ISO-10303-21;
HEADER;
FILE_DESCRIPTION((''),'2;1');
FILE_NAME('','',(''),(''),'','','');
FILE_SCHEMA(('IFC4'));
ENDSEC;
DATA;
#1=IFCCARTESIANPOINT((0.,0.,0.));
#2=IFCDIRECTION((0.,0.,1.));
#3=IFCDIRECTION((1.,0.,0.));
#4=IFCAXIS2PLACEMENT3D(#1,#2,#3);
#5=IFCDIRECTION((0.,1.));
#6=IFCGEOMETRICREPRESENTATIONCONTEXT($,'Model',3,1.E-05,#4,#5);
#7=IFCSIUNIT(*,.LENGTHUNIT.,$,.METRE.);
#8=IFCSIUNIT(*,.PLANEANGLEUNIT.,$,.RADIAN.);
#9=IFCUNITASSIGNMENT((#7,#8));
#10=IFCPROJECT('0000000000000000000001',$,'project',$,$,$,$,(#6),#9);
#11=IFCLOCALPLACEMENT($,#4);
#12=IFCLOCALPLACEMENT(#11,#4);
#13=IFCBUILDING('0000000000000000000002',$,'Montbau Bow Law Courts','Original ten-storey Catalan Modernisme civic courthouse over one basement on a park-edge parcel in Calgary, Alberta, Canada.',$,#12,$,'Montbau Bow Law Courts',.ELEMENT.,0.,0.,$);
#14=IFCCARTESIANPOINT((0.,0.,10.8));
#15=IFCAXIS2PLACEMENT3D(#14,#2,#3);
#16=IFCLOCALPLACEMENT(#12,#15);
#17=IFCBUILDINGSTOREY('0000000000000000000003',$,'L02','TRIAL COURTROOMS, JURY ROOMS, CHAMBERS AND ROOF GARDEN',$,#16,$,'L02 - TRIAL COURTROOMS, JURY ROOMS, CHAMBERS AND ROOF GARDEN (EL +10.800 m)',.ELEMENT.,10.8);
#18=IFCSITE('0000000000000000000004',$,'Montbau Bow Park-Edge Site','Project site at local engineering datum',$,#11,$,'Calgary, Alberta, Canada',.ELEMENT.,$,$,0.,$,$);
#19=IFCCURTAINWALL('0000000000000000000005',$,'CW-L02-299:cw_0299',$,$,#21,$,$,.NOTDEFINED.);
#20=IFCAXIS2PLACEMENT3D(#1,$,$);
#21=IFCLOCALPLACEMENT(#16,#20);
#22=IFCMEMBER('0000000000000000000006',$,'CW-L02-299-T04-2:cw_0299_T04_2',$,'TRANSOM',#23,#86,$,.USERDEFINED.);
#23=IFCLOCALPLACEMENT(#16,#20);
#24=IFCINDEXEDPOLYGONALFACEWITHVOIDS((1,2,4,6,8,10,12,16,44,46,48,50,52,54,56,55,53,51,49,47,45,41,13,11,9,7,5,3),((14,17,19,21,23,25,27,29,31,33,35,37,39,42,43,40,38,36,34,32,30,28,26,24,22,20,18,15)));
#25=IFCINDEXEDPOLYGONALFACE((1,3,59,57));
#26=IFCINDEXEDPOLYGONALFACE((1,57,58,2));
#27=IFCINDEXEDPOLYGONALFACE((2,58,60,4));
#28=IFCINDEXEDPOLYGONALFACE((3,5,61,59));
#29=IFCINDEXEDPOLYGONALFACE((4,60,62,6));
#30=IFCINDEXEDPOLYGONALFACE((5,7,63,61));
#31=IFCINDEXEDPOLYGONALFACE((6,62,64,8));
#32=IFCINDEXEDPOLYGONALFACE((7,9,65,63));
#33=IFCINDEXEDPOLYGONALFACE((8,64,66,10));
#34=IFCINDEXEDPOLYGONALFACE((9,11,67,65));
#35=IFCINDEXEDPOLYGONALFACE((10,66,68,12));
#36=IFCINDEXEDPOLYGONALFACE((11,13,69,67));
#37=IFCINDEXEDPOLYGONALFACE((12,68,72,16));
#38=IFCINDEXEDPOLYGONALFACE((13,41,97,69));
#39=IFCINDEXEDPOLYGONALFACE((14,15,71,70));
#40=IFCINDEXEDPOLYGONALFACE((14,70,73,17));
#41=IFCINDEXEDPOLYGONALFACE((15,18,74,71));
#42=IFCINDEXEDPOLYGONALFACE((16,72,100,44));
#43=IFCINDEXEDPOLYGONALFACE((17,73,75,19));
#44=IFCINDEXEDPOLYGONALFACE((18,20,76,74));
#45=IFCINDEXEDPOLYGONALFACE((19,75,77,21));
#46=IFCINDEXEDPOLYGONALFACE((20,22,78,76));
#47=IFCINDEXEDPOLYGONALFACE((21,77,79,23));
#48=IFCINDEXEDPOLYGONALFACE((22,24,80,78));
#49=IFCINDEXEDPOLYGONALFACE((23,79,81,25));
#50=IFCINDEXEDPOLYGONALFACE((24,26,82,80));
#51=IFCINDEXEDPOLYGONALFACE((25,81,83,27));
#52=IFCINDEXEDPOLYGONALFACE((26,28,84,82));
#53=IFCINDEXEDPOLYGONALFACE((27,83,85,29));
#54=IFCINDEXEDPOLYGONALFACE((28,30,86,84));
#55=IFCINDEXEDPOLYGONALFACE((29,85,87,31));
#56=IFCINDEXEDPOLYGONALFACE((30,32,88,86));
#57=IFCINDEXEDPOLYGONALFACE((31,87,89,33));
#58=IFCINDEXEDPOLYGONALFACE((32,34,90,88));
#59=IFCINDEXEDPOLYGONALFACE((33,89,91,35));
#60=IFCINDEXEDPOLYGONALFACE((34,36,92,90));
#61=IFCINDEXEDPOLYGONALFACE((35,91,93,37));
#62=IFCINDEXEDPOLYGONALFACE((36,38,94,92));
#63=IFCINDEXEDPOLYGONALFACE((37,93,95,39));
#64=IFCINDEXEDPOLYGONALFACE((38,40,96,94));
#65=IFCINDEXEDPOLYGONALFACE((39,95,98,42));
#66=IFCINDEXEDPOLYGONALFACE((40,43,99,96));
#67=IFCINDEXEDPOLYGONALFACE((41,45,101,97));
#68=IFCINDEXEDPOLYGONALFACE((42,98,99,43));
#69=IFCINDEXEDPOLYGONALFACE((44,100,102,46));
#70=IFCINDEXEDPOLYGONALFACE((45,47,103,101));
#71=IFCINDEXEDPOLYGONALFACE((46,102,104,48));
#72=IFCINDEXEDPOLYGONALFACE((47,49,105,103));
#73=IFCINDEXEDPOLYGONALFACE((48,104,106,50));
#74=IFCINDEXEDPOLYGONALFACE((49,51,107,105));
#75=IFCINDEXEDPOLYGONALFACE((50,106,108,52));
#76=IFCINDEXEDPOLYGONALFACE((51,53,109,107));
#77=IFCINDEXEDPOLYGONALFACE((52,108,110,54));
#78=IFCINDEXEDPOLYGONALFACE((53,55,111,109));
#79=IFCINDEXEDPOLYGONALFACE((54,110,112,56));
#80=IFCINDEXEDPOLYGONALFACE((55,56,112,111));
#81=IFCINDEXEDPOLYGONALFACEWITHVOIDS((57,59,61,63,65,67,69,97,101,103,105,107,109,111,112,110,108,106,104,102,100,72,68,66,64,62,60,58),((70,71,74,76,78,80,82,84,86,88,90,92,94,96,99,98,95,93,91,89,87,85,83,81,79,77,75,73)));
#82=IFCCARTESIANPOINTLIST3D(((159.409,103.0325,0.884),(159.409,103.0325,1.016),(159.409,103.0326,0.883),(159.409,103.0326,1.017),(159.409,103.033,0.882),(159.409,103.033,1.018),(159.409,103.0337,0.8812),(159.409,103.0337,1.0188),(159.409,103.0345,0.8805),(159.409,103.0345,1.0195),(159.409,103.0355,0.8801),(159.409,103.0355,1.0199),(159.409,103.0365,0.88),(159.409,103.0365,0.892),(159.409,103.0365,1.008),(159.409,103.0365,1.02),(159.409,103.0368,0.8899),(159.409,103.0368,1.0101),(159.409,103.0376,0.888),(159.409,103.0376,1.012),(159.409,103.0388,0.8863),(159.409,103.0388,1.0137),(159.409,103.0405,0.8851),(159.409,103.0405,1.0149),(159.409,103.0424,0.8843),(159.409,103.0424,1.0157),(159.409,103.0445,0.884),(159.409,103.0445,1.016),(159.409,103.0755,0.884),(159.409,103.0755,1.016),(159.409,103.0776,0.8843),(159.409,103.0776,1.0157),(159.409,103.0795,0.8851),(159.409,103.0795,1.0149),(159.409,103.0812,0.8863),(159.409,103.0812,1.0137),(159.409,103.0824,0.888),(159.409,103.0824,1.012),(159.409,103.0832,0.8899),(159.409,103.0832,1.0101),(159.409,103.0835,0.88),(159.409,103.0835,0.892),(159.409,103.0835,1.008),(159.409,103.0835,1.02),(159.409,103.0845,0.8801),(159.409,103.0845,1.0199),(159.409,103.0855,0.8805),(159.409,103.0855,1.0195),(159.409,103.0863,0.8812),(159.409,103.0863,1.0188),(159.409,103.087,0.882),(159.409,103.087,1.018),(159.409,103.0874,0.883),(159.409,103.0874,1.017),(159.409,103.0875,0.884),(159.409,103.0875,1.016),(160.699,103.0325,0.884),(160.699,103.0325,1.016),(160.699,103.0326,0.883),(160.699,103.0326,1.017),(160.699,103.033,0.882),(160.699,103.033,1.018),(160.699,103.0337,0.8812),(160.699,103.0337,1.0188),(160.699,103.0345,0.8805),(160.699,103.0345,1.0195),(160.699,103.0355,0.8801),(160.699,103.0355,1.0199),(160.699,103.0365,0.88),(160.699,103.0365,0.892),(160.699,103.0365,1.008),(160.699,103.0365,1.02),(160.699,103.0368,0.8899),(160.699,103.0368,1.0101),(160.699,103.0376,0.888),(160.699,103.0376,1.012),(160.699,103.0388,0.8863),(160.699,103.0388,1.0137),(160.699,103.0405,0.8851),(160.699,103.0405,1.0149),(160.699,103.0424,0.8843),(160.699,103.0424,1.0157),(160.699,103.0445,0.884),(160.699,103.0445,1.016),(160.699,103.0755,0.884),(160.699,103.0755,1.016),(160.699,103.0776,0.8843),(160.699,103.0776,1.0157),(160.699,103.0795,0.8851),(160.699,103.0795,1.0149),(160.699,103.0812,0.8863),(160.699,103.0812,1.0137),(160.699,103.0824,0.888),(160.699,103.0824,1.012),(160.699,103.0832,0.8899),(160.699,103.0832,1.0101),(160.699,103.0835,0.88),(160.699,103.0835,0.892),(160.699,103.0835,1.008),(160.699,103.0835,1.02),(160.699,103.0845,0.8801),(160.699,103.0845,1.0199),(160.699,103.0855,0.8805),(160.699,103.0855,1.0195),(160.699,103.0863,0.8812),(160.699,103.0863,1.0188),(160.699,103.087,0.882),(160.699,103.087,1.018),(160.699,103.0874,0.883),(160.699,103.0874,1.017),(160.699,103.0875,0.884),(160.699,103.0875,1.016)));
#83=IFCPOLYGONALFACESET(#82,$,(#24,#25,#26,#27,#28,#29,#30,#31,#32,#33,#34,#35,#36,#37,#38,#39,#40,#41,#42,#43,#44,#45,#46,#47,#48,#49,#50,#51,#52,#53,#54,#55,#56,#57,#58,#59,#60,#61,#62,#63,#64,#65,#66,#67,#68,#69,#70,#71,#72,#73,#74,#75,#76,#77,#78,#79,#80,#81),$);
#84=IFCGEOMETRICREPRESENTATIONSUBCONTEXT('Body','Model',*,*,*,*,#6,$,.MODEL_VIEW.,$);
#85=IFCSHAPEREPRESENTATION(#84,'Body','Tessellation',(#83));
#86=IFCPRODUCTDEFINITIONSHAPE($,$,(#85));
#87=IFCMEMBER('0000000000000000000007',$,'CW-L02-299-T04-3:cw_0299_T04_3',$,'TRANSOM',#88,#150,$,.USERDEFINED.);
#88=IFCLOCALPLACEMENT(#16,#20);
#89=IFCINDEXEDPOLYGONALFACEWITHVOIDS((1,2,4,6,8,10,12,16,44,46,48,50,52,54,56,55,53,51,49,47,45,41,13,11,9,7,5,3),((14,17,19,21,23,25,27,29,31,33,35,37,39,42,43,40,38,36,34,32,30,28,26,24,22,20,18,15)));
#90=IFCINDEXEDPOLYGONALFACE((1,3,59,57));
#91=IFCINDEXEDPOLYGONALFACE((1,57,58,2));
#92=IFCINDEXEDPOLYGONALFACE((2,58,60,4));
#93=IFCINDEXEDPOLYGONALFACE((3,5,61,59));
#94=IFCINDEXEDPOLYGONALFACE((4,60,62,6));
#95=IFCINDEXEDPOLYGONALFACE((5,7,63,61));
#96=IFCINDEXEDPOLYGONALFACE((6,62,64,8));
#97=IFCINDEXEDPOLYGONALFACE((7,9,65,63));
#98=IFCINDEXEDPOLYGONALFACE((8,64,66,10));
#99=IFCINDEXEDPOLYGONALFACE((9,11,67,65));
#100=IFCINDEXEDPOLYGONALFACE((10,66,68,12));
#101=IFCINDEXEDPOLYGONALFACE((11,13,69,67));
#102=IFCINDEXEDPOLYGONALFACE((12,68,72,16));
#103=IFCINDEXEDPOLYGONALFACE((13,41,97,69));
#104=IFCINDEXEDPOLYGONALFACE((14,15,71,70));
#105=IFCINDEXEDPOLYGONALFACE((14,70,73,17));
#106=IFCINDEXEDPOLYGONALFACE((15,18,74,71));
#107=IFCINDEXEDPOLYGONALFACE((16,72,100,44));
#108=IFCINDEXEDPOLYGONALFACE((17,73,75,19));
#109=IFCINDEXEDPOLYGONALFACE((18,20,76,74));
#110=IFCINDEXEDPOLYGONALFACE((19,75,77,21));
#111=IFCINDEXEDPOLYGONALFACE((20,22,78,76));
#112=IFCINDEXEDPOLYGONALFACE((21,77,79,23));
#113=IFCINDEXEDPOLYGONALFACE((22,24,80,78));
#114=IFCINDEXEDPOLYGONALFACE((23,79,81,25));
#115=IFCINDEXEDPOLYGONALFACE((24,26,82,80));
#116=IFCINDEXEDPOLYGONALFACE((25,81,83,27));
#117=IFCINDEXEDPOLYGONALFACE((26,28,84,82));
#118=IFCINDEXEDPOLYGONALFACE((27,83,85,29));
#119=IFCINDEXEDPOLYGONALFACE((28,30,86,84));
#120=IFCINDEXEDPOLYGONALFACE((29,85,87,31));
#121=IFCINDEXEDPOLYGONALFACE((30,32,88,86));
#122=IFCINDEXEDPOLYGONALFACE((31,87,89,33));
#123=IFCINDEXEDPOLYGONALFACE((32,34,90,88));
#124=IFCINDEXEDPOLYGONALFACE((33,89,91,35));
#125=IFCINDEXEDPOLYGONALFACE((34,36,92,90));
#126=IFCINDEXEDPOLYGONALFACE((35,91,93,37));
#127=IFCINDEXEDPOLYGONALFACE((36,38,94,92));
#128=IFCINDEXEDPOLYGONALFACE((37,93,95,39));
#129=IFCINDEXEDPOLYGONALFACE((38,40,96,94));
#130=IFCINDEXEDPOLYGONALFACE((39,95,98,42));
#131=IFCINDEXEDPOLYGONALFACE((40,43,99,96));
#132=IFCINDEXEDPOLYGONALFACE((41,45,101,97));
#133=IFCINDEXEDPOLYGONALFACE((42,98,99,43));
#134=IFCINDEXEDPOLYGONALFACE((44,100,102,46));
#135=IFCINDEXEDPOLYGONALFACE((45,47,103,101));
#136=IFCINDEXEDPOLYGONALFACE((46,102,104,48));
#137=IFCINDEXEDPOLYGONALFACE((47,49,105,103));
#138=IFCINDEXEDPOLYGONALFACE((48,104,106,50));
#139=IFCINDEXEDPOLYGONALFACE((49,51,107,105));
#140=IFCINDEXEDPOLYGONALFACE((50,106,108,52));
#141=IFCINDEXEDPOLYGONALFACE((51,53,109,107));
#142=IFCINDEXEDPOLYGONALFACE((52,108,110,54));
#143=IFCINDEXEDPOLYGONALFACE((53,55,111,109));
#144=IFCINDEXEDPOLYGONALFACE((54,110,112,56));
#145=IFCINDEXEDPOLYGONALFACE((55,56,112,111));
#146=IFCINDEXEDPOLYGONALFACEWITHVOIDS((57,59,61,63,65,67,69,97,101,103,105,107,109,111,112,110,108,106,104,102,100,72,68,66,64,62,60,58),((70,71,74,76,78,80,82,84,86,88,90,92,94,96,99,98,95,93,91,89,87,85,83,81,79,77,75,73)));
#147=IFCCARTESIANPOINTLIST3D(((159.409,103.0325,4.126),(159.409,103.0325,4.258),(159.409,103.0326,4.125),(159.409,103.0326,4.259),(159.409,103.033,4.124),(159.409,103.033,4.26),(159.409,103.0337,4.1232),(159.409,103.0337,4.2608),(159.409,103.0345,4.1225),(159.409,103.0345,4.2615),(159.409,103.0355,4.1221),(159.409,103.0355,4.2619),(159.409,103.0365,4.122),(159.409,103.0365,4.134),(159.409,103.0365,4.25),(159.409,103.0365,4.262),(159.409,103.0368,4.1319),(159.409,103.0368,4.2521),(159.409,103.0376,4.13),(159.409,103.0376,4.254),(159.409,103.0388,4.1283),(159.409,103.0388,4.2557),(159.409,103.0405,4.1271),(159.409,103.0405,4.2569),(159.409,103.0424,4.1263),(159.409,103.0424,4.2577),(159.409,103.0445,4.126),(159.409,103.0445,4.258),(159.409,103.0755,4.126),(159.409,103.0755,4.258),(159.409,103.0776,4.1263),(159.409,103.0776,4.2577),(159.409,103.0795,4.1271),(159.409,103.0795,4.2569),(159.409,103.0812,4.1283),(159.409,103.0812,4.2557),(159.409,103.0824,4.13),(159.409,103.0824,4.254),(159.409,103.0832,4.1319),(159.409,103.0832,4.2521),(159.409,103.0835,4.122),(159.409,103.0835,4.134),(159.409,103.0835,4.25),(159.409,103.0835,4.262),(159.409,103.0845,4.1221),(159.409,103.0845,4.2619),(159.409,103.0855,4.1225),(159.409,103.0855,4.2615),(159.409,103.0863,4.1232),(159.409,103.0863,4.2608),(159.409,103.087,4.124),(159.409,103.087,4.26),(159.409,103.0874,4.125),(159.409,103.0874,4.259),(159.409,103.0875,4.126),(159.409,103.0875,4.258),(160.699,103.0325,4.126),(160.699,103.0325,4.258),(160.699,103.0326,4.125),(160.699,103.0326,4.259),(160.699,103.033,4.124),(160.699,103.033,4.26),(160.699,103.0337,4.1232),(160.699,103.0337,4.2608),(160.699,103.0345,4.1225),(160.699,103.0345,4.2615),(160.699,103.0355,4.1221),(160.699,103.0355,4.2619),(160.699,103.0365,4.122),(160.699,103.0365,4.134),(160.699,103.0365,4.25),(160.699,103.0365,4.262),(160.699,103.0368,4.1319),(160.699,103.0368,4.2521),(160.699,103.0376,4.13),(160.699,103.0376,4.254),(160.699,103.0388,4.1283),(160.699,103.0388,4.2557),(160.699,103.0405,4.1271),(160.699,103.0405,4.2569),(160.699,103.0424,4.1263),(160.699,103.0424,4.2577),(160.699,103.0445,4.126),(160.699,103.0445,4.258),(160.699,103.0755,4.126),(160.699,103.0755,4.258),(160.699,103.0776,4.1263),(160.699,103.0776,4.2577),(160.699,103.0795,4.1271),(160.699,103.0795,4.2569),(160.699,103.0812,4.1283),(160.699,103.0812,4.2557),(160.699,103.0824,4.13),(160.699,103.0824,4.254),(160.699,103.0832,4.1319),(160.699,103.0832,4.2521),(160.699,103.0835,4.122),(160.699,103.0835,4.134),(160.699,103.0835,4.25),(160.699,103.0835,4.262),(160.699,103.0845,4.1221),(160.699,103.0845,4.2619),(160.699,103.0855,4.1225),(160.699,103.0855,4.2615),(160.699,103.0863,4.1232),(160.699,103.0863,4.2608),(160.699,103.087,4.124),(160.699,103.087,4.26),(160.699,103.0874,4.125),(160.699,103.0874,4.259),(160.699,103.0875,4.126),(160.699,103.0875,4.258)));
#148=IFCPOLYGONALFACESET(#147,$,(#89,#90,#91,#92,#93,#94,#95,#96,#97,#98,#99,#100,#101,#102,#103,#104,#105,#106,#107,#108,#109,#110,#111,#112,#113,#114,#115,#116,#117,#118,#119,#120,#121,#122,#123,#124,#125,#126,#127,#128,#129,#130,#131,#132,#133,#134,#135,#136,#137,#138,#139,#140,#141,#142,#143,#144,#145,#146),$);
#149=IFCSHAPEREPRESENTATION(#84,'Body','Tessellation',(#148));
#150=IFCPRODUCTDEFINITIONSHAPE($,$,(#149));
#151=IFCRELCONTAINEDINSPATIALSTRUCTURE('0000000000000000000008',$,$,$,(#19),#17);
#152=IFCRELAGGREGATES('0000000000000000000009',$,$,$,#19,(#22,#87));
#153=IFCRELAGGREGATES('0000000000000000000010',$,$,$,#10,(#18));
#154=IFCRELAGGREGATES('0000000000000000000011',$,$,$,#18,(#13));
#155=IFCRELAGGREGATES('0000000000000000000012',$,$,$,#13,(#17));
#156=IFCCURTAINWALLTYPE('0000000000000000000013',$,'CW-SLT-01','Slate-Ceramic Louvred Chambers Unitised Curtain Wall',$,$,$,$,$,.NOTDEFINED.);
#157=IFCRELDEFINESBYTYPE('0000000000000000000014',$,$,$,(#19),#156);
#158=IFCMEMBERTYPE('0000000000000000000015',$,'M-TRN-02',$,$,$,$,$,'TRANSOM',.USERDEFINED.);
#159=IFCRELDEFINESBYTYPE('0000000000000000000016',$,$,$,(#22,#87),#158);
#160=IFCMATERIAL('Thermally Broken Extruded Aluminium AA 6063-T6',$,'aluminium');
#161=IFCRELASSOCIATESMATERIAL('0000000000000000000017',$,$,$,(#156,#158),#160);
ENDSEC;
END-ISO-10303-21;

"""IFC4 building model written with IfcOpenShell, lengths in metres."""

from ifc_helpers import new_model, si_unit, direction, frame, origin_with_axes, origin_2d_with_axis, place, context, subcontext, project, spatial, hollow_rectangle, extrude, material, material_profile, profile_set, type_object, element, aggregate, save


model = new_model("IFC4")

# Units and contexts
model_context = context("Model", 3, precision=1e-05, world=origin_with_axes(), true_north=direction((0.0, 1.0)))
body_context = subcontext(model_context, "Body", "Model", "MODEL_VIEW")
ifc_project = project(units=[si_unit("LENGTHUNIT", "METRE"), si_unit("PLANEANGLEUNIT", "RADIAN")], contexts=[model_context])

# Site, building, storey
site_placement = place(None, origin_with_axes())
site = spatial("IfcSite", under=ifc_project, at=site_placement, Name="Montbau Bow Park-Edge Site", Description="Project site at local engineering datum", LongName="Calgary, Alberta, Canada", CompositionType="ELEMENT", RefElevation=0.0)
building_placement = place(site_placement, origin_with_axes())
building = spatial("IfcBuilding", under=site, at=building_placement, Name="Montbau Bow Law Courts", Description="Original ten-storey Catalan Modernisme civic courthouse over one basement on a park-edge parcel in Calgary, Alberta, Canada.", LongName="Montbau Bow Law Courts", CompositionType="ELEMENT", ElevationOfRefHeight=0.0, ElevationOfTerrain=0.0)
storey_placement = place(building_placement, frame((0.0, 0.0, 10.8), z_axis=(0.0, 0.0, 1.0), x_axis=(1.0, 0.0, 0.0)))
storey = spatial("IfcBuildingStorey", under=building, at=storey_placement, Name="L02", Description="TRIAL COURTROOMS, JURY ROOMS, CHAMBERS AND ROOF GARDEN", LongName="L02 - TRIAL COURTROOMS, JURY ROOMS, CHAMBERS AND ROOF GARDEN (EL +10.800 m)", CompositionType="ELEMENT", Elevation=10.8)

# Curtain wall, members
ifc_material_1 = material(Name="Thermally Broken Extruded Aluminium AA 6063-T6", Category="aluminium")
curtain_wall_type = type_object("IfcCurtainWallType", Name="CW-SLT-01", Description="Slate-Ceramic Louvred Chambers Unitised Curtain Wall", PredefinedType="NOTDEFINED", material=ifc_material_1)
curtain_wall_placement = place(None, frame((155.315, 103.06, 10.8), z_axis=(0.0, 0.0, 1.0), x_axis=(1.0, 0.0, 0.0)))
curtain_wall = element("IfcCurtainWall", 1, at=curtain_wall_placement, inside=storey, type_object=curtain_wall_type, Name="CW-L02-299:cw_0299", PredefinedType="NOTDEFINED")
ifc_material_profile_1 = material_profile(ifc_material_1, hollow_rectangle(XDim=0.055, YDim=0.14, WallThickness=0.004, InnerFilletRadius=0.008, OuterFilletRadius=0.004, at=origin_2d_with_axis()), Name="CWT-140X55", Category="Main", Priority=0)
ifc_profile_set_1 = profile_set([ifc_material_profile_1], Name="Thermally Broken Extruded Aluminium AA 6063-T6")
member_type_1 = type_object("IfcMemberType", Name="M-TRN-02", ElementType="TRANSOM", PredefinedType="USERDEFINED", material=ifc_profile_set_1)
member_1_placement = place(None, frame((159.409, 103.06, 11.75), z_axis=(1.0, 0.0, 0.0), x_axis=(0.0, 1.0, 0.0)))
member_1 = element("IfcMember", 2, at=member_1_placement, type_object=member_type_1, Name="CW-L02-299-T04-2:cw_0299_T04_2", ObjectType="TRANSOM", PredefinedType="USERDEFINED", context=body_context, shape_type="SweptSolid", body=[
    extrude(hollow_rectangle(XDim=0.055, YDim=0.14, WallThickness=0.004, InnerFilletRadius=0.008, OuterFilletRadius=0.004, at=origin_2d_with_axis()), origin_with_axes(), (0.0, 0.0, 1.0), 1.29),
])
member_2_placement = place(None, frame((159.409, 103.06, 14.992), z_axis=(1.0, 0.0, 0.0), x_axis=(0.0, 1.0, 0.0)))
member_2 = element("IfcMember", 3, at=member_2_placement, type_object=member_type_1, Name="CW-L02-299-T04-3:cw_0299_T04_3", ObjectType="TRANSOM", PredefinedType="USERDEFINED", context=body_context, shape_type="SweptSolid", body=[
    extrude(hollow_rectangle(XDim=0.055, YDim=0.14, WallThickness=0.004, InnerFilletRadius=0.008, OuterFilletRadius=0.004, at=origin_2d_with_axis()), origin_with_axes(), (0.0, 0.0, 1.0), 1.29),
])
aggregate(curtain_wall, [member_1, member_2])

save(model, "model.ifc")
